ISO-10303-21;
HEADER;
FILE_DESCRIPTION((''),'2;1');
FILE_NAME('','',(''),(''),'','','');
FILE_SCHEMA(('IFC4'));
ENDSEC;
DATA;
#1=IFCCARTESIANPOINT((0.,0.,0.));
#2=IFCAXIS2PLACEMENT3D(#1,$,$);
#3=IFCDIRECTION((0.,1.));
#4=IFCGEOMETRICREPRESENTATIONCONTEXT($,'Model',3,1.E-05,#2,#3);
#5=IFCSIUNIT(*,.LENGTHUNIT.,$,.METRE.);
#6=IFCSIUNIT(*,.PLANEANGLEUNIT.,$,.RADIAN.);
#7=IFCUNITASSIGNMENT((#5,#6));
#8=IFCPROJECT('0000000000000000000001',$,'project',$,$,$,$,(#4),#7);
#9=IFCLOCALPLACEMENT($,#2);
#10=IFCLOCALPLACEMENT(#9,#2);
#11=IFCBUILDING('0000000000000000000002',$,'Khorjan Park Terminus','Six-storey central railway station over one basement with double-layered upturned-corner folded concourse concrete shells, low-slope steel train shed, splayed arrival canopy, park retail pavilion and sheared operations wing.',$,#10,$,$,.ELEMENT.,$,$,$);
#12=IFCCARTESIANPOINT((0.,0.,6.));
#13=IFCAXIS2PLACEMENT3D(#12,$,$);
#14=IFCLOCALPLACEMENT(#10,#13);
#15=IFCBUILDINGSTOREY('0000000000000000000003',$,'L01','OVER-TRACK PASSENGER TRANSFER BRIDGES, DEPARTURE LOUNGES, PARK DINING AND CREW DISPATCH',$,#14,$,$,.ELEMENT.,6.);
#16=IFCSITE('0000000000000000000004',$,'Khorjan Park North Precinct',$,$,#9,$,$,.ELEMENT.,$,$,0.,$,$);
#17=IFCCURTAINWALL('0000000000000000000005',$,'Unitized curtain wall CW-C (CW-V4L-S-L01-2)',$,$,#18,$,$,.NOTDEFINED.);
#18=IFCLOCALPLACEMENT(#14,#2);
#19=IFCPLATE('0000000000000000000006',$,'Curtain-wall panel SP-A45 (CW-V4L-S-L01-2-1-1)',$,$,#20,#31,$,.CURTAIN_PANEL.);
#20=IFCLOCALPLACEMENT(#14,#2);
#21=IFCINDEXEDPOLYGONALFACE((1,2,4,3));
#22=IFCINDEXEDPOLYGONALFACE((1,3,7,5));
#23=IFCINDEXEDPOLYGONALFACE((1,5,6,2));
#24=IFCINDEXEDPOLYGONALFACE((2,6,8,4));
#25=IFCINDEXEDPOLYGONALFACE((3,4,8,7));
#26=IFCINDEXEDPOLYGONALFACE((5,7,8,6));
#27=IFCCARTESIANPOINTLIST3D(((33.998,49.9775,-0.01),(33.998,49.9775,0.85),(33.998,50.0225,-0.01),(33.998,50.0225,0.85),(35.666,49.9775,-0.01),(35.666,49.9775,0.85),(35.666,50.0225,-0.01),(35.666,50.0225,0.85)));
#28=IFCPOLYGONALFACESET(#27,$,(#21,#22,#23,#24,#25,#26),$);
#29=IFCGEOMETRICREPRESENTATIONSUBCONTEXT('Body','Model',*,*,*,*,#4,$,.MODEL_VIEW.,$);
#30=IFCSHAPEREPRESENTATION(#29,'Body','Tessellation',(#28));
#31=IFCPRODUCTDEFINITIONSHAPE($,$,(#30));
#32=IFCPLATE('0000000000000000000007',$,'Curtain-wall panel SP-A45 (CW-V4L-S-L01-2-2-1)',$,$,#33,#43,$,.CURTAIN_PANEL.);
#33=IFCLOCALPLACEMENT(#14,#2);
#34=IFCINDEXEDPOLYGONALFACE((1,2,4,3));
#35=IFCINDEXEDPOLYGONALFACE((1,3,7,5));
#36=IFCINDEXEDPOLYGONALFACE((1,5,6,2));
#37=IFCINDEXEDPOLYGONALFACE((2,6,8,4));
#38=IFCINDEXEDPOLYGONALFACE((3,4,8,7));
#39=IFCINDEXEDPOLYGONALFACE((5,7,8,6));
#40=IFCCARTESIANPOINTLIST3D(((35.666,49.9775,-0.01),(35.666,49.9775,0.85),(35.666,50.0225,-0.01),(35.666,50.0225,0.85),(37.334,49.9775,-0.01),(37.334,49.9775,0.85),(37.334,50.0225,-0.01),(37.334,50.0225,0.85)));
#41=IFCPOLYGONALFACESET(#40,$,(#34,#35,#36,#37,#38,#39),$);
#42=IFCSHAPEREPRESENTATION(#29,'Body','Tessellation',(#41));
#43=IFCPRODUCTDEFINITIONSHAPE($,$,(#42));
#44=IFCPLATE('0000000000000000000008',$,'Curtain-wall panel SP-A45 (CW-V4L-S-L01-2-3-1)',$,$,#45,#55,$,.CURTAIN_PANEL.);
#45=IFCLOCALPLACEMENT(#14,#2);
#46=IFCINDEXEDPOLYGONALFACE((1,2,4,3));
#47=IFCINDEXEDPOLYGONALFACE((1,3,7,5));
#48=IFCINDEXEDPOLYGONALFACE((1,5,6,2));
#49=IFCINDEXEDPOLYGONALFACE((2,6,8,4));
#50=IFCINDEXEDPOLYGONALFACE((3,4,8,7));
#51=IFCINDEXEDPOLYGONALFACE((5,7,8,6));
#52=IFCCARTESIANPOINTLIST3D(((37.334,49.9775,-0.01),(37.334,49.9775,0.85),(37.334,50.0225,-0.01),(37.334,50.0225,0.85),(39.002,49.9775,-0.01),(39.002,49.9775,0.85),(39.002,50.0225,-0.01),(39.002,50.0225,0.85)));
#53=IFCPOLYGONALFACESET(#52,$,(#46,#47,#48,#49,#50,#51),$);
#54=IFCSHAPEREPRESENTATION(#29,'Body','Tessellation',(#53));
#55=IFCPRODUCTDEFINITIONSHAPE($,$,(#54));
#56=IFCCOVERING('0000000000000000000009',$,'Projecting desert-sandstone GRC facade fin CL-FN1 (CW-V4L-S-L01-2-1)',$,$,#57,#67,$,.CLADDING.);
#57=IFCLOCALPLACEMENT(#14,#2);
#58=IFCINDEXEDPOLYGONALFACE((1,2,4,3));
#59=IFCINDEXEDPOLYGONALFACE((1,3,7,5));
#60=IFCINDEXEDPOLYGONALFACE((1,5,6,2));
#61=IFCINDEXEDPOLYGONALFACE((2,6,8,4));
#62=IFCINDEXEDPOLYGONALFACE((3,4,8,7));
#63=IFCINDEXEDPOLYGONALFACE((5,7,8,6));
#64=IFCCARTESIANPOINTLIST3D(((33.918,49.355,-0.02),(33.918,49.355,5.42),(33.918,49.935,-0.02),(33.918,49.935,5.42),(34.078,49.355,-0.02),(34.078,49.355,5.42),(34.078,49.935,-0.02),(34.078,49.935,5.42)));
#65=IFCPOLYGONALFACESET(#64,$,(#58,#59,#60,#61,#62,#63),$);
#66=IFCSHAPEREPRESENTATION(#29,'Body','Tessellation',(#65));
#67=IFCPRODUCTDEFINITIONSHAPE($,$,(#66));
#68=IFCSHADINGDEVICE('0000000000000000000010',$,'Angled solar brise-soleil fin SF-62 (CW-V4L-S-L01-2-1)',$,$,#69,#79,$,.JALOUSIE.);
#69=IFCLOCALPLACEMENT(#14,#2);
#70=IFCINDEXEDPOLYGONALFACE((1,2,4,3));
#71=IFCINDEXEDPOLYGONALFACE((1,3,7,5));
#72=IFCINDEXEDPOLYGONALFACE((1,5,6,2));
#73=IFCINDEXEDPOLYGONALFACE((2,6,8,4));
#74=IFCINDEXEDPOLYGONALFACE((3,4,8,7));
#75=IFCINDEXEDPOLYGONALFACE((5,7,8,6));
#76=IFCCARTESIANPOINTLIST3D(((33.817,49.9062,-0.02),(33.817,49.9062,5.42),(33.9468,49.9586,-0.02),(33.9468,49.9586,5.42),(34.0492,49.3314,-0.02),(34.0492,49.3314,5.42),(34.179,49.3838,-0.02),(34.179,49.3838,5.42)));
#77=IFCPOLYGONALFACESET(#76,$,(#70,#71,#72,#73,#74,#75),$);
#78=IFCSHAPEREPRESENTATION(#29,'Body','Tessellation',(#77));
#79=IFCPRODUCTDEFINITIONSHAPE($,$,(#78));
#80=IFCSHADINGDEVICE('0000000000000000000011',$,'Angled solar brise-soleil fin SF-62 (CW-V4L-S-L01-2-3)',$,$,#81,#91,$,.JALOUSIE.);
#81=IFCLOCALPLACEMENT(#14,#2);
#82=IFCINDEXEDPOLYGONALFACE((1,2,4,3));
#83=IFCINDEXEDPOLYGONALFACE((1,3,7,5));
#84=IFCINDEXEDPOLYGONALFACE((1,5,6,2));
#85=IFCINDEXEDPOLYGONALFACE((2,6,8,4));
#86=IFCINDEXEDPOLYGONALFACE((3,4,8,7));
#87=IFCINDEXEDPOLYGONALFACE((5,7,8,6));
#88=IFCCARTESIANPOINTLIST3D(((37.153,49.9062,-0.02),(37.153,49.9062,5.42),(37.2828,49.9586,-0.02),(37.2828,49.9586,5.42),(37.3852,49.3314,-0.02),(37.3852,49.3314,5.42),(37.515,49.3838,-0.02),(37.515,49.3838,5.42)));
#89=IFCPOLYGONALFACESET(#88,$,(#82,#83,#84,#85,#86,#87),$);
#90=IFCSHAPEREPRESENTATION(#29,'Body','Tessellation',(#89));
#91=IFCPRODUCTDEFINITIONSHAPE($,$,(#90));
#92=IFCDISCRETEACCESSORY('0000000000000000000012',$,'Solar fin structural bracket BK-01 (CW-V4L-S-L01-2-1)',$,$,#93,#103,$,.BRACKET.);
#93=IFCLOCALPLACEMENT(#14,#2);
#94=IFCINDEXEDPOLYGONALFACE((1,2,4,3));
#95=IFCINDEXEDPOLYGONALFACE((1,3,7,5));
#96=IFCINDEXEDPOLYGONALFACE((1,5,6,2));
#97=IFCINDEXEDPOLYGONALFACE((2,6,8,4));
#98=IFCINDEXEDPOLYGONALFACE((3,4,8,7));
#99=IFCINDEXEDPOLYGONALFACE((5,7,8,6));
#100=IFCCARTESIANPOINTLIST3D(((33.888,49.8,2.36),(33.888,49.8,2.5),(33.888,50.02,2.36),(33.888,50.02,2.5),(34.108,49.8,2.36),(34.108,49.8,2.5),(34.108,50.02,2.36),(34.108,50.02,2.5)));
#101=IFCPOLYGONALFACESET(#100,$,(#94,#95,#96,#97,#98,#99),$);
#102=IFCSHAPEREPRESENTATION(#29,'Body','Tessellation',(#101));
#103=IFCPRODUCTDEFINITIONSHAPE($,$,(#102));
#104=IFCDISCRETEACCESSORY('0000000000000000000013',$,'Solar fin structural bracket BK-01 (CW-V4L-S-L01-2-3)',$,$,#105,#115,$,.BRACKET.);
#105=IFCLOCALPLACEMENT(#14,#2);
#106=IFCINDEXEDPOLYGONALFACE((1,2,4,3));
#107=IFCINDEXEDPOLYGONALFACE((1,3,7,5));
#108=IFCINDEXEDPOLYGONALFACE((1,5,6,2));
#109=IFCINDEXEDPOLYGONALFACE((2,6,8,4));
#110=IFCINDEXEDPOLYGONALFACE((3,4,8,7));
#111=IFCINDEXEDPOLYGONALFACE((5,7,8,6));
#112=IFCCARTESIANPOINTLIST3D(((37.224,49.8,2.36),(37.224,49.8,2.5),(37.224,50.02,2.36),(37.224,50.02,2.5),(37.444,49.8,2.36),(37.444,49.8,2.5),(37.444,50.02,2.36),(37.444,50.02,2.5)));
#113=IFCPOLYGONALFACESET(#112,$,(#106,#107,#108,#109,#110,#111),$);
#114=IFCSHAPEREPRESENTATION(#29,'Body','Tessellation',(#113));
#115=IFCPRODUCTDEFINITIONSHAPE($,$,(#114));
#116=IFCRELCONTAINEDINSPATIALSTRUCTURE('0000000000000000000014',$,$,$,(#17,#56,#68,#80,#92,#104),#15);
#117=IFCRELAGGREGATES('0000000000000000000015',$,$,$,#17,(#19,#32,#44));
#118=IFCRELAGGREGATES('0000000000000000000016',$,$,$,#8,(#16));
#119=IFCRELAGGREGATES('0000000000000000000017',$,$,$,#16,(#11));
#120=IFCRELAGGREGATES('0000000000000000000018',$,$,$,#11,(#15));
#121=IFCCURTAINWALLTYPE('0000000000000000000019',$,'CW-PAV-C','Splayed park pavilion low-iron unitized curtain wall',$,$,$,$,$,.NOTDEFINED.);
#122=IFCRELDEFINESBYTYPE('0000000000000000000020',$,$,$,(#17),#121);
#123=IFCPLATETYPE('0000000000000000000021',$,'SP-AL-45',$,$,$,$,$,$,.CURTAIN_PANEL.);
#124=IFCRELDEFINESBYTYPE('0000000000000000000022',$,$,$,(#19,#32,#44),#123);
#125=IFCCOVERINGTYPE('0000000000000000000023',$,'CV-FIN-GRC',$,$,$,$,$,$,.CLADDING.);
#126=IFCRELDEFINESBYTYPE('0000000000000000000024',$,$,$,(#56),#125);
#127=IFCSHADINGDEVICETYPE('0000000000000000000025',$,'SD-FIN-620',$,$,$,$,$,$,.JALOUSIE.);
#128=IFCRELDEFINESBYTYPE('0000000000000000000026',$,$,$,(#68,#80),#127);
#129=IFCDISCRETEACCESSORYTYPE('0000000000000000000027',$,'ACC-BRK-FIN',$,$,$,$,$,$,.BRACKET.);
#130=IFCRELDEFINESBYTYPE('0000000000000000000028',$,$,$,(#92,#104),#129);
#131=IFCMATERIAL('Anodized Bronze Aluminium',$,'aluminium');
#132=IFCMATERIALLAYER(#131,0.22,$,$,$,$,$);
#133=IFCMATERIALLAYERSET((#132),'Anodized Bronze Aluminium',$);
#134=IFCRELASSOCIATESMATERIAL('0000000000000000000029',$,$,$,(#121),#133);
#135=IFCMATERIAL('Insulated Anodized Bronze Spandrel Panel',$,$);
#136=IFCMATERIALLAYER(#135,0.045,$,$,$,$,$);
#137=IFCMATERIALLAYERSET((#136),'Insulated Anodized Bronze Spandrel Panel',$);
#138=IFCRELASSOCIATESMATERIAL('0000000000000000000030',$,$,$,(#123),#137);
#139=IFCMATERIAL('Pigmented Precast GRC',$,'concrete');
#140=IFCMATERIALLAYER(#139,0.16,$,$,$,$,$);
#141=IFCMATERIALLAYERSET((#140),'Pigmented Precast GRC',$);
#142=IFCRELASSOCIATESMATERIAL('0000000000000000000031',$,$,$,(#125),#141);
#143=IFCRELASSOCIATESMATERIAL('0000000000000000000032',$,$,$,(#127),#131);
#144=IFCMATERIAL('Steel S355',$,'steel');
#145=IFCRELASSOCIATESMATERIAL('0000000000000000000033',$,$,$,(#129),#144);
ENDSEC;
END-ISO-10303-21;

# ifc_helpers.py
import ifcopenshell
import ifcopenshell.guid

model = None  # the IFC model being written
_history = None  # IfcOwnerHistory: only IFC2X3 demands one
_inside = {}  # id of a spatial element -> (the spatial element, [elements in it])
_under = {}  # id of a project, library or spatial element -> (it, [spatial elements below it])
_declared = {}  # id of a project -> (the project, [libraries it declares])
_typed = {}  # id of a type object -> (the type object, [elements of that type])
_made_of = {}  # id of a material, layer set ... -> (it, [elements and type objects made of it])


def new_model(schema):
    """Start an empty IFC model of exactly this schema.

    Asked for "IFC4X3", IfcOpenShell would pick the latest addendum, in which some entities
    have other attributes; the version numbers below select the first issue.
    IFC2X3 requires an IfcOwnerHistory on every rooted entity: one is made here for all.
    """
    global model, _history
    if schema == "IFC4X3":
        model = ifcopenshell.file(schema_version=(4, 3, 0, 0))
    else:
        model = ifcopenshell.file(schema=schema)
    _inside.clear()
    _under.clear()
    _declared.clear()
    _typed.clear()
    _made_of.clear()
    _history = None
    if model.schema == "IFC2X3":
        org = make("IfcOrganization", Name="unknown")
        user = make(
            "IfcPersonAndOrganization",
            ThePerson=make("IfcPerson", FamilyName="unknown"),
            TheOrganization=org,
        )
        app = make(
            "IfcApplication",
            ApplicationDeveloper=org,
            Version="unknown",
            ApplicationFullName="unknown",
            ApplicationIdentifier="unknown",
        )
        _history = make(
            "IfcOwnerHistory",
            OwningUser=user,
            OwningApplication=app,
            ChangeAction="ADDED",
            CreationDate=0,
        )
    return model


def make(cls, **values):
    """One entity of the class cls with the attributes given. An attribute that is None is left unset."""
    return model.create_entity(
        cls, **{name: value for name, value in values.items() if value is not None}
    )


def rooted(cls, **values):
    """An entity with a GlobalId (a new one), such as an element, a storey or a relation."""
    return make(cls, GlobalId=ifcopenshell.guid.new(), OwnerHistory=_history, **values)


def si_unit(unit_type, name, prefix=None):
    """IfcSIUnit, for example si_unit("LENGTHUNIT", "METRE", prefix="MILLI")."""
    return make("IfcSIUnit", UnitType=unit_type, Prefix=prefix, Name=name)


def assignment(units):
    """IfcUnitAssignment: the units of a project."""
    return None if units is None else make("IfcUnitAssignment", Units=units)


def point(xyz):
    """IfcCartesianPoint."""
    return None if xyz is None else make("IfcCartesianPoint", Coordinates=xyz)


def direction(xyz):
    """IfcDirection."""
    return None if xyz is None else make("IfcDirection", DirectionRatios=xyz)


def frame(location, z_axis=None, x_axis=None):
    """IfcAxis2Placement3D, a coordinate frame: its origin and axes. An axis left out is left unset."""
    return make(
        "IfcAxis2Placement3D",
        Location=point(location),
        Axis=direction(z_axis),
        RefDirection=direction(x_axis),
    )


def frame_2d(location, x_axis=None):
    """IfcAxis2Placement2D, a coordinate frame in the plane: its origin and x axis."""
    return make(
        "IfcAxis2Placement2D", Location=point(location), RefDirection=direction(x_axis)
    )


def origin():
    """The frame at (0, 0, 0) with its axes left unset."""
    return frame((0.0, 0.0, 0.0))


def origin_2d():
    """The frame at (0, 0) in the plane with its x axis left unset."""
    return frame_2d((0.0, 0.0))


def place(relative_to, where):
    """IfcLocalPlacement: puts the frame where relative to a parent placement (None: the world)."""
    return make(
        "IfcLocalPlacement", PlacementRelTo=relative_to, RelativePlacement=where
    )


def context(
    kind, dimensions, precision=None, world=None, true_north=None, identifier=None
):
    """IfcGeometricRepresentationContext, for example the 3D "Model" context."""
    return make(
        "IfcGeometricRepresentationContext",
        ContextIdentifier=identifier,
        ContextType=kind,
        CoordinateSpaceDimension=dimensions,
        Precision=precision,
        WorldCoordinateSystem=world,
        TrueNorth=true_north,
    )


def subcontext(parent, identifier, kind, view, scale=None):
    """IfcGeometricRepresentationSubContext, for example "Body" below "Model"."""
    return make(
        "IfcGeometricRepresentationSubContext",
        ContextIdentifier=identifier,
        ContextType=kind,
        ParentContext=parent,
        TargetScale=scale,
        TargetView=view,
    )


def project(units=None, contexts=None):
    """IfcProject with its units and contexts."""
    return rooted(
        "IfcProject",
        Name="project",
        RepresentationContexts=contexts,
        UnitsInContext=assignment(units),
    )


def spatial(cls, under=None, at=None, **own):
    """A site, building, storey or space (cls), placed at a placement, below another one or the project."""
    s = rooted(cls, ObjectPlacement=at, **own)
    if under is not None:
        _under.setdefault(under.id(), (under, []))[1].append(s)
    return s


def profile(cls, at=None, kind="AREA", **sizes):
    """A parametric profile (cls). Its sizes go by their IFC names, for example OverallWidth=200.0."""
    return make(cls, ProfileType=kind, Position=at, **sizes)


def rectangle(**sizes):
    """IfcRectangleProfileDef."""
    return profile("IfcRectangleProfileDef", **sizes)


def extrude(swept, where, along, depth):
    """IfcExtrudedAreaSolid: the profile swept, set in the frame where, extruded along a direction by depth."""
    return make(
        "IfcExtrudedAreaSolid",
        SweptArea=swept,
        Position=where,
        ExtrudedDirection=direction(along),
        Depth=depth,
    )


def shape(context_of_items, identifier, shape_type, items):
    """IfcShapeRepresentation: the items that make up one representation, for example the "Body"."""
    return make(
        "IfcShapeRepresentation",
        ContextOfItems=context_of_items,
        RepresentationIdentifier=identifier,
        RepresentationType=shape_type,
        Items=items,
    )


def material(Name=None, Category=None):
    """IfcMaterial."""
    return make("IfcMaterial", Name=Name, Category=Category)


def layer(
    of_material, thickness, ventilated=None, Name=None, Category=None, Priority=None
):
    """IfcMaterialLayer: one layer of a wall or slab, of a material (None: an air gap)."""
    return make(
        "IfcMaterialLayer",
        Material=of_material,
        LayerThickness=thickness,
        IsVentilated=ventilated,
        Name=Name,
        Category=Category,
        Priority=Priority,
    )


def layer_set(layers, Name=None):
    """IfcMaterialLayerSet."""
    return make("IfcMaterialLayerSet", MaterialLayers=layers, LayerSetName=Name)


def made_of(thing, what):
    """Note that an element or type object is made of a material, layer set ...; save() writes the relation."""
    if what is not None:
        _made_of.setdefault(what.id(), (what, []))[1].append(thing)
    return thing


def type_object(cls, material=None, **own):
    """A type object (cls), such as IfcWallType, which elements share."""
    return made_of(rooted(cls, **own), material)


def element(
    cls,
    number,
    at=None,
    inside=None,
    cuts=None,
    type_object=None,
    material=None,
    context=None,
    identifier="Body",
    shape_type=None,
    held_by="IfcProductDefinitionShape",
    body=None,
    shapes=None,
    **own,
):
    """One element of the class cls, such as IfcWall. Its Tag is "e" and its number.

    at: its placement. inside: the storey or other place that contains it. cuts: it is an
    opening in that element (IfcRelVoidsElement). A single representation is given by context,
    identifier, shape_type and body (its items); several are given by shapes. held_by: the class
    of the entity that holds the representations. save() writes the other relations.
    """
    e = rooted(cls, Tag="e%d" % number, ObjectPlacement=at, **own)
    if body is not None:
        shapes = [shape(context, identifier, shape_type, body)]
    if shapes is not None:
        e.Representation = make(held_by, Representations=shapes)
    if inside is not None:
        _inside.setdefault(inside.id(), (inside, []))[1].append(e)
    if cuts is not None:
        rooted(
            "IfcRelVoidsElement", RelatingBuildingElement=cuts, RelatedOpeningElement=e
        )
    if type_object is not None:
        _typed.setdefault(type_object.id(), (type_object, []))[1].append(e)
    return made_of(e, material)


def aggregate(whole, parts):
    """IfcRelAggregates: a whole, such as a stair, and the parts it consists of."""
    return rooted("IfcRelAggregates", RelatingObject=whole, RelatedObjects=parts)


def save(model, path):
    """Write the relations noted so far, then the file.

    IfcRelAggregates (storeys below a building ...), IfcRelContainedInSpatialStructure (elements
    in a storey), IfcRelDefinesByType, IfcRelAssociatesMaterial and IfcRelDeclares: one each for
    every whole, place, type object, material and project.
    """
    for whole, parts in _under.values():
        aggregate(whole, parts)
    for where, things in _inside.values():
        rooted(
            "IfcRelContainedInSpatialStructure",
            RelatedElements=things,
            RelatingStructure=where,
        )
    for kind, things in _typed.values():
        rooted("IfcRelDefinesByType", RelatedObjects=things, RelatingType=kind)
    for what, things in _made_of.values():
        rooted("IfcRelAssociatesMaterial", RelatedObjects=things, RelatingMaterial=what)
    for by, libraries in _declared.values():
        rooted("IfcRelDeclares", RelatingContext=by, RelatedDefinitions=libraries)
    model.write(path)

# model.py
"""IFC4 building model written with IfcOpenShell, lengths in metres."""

from ifc_helpers import new_model, si_unit, direction, frame, origin, origin_2d, place, context, subcontext, project, spatial, rectangle, extrude, material, layer, layer_set, type_object, element, aggregate, save


model = new_model("IFC4")

# Units and contexts
model_context = context("Model", 3, precision=1e-05, world=origin(), true_north=direction((0.0, 1.0)))
body_context = subcontext(model_context, "Body", "Model", "MODEL_VIEW")
ifc_project = project(units=[si_unit("LENGTHUNIT", "METRE"), si_unit("PLANEANGLEUNIT", "RADIAN")], contexts=[model_context])

# Site, building, storey
site_placement = place(None, origin())
site = spatial("IfcSite", under=ifc_project, at=site_placement, Name="Khorjan Park North Precinct", CompositionType="ELEMENT", RefElevation=0.0)
building_placement = place(site_placement, origin())
building = spatial("IfcBuilding", under=site, at=building_placement, Name="Khorjan Park Terminus", Description="Six-storey central railway station over one basement with double-layered upturned-corner folded concourse concrete shells, low-slope steel train shed, splayed arrival canopy, park retail pavilion and sheared operations wing.", CompositionType="ELEMENT")
storey_placement = place(building_placement, frame((0.0, 0.0, 6.0)))
storey = spatial("IfcBuildingStorey", under=building, at=storey_placement, Name="L01", Description="OVER-TRACK PASSENGER TRANSFER BRIDGES, DEPARTURE LOUNGES, PARK DINING AND CREW DISPATCH", CompositionType="ELEMENT", Elevation=6.0)

# Curtain wall, plates
ifc_material_1 = material(Name="Anodized Bronze Aluminium", Category="aluminium")
ifc_layer_1 = layer(ifc_material_1, 0.22)
ifc_layer_set_1 = layer_set([ifc_layer_1], Name="Anodized Bronze Aluminium")
curtain_wall_type = type_object("IfcCurtainWallType", Name="CW-PAV-C", Description="Splayed park pavilion low-iron unitized curtain wall", PredefinedType="NOTDEFINED", material=ifc_layer_set_1)
curtain_wall_placement = place(storey_placement, origin())
curtain_wall = element("IfcCurtainWall", 1, at=curtain_wall_placement, inside=storey, type_object=curtain_wall_type, Name="Unitized curtain wall CW-C (CW-V4L-S-L01-2)", PredefinedType="NOTDEFINED")
ifc_material_2 = material(Name="Insulated Anodized Bronze Spandrel Panel")
ifc_layer_2 = layer(ifc_material_2, 0.045)
ifc_layer_set_2 = layer_set([ifc_layer_2], Name="Insulated Anodized Bronze Spandrel Panel")
plate_type_1 = type_object("IfcPlateType", Name="SP-AL-45", PredefinedType="CURTAIN_PANEL", material=ifc_layer_set_2)
plate_1_placement = place(storey_placement, frame((34.832, 50.0, -0.01), z_axis=(0.0, 0.0, 1.0), x_axis=(1.0, 0.0, 0.0)))
plate_1 = element("IfcPlate", 2, at=plate_1_placement, type_object=plate_type_1, Name="Curtain-wall panel SP-A45 (CW-V4L-S-L01-2-1-1)", PredefinedType="CURTAIN_PANEL", context=body_context, shape_type="SweptSolid", body=[
    extrude(rectangle(XDim=1.668, YDim=0.045, at=origin_2d()), origin(), (0.0, 0.0, 1.0), 0.86),
])
plate_2_placement = place(storey_placement, frame((36.5, 50.0, -0.01), z_axis=(0.0, 0.0, 1.0), x_axis=(1.0, 0.0, 0.0)))
plate_2 = element("IfcPlate", 3, at=plate_2_placement, type_object=plate_type_1, Name="Curtain-wall panel SP-A45 (CW-V4L-S-L01-2-2-1)", PredefinedType="CURTAIN_PANEL", context=body_context, shape_type="SweptSolid", body=[
    extrude(rectangle(XDim=1.668, YDim=0.045, at=origin_2d()), origin(), (0.0, 0.0, 1.0), 0.86),
])
plate_3_placement = place(storey_placement, frame((38.168, 50.0, -0.01), z_axis=(0.0, 0.0, 1.0), x_axis=(1.0, 0.0, 0.0)))
plate_3 = element("IfcPlate", 4, at=plate_3_placement, type_object=plate_type_1, Name="Curtain-wall panel SP-A45 (CW-V4L-S-L01-2-3-1)", PredefinedType="CURTAIN_PANEL", context=body_context, shape_type="SweptSolid", body=[
    extrude(rectangle(XDim=1.668, YDim=0.045, at=origin_2d()), origin(), (0.0, 0.0, 1.0), 0.86),
])
aggregate(curtain_wall, [plate_1, plate_2, plate_3])

# Covering
ifc_material_3 = material(Name="Pigmented Precast GRC", Category="concrete")
ifc_layer_3 = layer(ifc_material_3, 0.16)
ifc_layer_set_3 = layer_set([ifc_layer_3], Name="Pigmented Precast GRC")
covering_type = type_object("IfcCoveringType", Name="CV-FIN-GRC", PredefinedType="CLADDING", material=ifc_layer_set_3)
covering_placement = place(storey_placement, frame((33.998, 49.645, -0.02), z_axis=(0.0, 0.0, 1.0), x_axis=(0.0, 1.0, 0.0)))
element("IfcCovering", 5, at=covering_placement, inside=storey, type_object=covering_type, Name="Projecting desert-sandstone GRC facade fin CL-FN1 (CW-V4L-S-L01-2-1)", PredefinedType="CLADDING", context=body_context, shape_type="SweptSolid", body=[
    extrude(rectangle(XDim=0.58, YDim=0.16, at=origin_2d()), origin(), (0.0, 0.0, 1.0), 5.44),
])

# Shading devices
shading_device_type = type_object("IfcShadingDeviceType", Name="SD-FIN-620", PredefinedType="JALOUSIE", material=ifc_material_1)
for number, where, z_axis, x_axis, name in (
    (6, (33.998, 49.645, -0.02), (0.0, 0.0, 1.0), (-0.374607, 0.927184, 0.0), "Angled solar brise-soleil fin SF-62 (CW-V4L-S-L01-2-1)"),
    (7, (37.334, 49.645, -0.02), (0.0, 0.0, 1.0), (-0.374607, 0.927184, 0.0), "Angled solar brise-soleil fin SF-62 (CW-V4L-S-L01-2-3)"),
):
    element("IfcShadingDevice", number, at=place(storey_placement, frame(where, z_axis=z_axis, x_axis=x_axis)), inside=storey, type_object=shading_device_type, Name=name, PredefinedType="JALOUSIE", context=body_context, shape_type="SweptSolid", body=[
        extrude(rectangle(XDim=0.62, YDim=0.14, at=origin_2d()), origin(), (0.0, 0.0, 1.0), 5.44),
    ])

# Discrete accessories
ifc_material_4 = material(Name="Steel S355", Category="steel")
discrete_accessory_type = type_object("IfcDiscreteAccessoryType", Name="ACC-BRK-FIN", PredefinedType="BRACKET", material=ifc_material_4)
for number, where, z_axis, x_axis, name in (
    (8, (33.998, 49.91, 2.36), (0.0, 0.0, 1.0), (1.0, 0.0, 0.0), "Solar fin structural bracket BK-01 (CW-V4L-S-L01-2-1)"),
    (9, (37.334, 49.91, 2.36), (0.0, 0.0, 1.0), (1.0, 0.0, 0.0), "Solar fin structural bracket BK-01 (CW-V4L-S-L01-2-3)"),
):
    element("IfcDiscreteAccessory", number, at=place(storey_placement, frame(where, z_axis=z_axis, x_axis=x_axis)), inside=storey, type_object=discrete_accessory_type, Name=name, PredefinedType="BRACKET", context=body_context, shape_type="SweptSolid", body=[
        extrude(rectangle(XDim=0.22, YDim=0.22, at=origin_2d()), origin(), (0.0, 0.0, 1.0), 0.14),
    ])

save(model, "model.ifc")
